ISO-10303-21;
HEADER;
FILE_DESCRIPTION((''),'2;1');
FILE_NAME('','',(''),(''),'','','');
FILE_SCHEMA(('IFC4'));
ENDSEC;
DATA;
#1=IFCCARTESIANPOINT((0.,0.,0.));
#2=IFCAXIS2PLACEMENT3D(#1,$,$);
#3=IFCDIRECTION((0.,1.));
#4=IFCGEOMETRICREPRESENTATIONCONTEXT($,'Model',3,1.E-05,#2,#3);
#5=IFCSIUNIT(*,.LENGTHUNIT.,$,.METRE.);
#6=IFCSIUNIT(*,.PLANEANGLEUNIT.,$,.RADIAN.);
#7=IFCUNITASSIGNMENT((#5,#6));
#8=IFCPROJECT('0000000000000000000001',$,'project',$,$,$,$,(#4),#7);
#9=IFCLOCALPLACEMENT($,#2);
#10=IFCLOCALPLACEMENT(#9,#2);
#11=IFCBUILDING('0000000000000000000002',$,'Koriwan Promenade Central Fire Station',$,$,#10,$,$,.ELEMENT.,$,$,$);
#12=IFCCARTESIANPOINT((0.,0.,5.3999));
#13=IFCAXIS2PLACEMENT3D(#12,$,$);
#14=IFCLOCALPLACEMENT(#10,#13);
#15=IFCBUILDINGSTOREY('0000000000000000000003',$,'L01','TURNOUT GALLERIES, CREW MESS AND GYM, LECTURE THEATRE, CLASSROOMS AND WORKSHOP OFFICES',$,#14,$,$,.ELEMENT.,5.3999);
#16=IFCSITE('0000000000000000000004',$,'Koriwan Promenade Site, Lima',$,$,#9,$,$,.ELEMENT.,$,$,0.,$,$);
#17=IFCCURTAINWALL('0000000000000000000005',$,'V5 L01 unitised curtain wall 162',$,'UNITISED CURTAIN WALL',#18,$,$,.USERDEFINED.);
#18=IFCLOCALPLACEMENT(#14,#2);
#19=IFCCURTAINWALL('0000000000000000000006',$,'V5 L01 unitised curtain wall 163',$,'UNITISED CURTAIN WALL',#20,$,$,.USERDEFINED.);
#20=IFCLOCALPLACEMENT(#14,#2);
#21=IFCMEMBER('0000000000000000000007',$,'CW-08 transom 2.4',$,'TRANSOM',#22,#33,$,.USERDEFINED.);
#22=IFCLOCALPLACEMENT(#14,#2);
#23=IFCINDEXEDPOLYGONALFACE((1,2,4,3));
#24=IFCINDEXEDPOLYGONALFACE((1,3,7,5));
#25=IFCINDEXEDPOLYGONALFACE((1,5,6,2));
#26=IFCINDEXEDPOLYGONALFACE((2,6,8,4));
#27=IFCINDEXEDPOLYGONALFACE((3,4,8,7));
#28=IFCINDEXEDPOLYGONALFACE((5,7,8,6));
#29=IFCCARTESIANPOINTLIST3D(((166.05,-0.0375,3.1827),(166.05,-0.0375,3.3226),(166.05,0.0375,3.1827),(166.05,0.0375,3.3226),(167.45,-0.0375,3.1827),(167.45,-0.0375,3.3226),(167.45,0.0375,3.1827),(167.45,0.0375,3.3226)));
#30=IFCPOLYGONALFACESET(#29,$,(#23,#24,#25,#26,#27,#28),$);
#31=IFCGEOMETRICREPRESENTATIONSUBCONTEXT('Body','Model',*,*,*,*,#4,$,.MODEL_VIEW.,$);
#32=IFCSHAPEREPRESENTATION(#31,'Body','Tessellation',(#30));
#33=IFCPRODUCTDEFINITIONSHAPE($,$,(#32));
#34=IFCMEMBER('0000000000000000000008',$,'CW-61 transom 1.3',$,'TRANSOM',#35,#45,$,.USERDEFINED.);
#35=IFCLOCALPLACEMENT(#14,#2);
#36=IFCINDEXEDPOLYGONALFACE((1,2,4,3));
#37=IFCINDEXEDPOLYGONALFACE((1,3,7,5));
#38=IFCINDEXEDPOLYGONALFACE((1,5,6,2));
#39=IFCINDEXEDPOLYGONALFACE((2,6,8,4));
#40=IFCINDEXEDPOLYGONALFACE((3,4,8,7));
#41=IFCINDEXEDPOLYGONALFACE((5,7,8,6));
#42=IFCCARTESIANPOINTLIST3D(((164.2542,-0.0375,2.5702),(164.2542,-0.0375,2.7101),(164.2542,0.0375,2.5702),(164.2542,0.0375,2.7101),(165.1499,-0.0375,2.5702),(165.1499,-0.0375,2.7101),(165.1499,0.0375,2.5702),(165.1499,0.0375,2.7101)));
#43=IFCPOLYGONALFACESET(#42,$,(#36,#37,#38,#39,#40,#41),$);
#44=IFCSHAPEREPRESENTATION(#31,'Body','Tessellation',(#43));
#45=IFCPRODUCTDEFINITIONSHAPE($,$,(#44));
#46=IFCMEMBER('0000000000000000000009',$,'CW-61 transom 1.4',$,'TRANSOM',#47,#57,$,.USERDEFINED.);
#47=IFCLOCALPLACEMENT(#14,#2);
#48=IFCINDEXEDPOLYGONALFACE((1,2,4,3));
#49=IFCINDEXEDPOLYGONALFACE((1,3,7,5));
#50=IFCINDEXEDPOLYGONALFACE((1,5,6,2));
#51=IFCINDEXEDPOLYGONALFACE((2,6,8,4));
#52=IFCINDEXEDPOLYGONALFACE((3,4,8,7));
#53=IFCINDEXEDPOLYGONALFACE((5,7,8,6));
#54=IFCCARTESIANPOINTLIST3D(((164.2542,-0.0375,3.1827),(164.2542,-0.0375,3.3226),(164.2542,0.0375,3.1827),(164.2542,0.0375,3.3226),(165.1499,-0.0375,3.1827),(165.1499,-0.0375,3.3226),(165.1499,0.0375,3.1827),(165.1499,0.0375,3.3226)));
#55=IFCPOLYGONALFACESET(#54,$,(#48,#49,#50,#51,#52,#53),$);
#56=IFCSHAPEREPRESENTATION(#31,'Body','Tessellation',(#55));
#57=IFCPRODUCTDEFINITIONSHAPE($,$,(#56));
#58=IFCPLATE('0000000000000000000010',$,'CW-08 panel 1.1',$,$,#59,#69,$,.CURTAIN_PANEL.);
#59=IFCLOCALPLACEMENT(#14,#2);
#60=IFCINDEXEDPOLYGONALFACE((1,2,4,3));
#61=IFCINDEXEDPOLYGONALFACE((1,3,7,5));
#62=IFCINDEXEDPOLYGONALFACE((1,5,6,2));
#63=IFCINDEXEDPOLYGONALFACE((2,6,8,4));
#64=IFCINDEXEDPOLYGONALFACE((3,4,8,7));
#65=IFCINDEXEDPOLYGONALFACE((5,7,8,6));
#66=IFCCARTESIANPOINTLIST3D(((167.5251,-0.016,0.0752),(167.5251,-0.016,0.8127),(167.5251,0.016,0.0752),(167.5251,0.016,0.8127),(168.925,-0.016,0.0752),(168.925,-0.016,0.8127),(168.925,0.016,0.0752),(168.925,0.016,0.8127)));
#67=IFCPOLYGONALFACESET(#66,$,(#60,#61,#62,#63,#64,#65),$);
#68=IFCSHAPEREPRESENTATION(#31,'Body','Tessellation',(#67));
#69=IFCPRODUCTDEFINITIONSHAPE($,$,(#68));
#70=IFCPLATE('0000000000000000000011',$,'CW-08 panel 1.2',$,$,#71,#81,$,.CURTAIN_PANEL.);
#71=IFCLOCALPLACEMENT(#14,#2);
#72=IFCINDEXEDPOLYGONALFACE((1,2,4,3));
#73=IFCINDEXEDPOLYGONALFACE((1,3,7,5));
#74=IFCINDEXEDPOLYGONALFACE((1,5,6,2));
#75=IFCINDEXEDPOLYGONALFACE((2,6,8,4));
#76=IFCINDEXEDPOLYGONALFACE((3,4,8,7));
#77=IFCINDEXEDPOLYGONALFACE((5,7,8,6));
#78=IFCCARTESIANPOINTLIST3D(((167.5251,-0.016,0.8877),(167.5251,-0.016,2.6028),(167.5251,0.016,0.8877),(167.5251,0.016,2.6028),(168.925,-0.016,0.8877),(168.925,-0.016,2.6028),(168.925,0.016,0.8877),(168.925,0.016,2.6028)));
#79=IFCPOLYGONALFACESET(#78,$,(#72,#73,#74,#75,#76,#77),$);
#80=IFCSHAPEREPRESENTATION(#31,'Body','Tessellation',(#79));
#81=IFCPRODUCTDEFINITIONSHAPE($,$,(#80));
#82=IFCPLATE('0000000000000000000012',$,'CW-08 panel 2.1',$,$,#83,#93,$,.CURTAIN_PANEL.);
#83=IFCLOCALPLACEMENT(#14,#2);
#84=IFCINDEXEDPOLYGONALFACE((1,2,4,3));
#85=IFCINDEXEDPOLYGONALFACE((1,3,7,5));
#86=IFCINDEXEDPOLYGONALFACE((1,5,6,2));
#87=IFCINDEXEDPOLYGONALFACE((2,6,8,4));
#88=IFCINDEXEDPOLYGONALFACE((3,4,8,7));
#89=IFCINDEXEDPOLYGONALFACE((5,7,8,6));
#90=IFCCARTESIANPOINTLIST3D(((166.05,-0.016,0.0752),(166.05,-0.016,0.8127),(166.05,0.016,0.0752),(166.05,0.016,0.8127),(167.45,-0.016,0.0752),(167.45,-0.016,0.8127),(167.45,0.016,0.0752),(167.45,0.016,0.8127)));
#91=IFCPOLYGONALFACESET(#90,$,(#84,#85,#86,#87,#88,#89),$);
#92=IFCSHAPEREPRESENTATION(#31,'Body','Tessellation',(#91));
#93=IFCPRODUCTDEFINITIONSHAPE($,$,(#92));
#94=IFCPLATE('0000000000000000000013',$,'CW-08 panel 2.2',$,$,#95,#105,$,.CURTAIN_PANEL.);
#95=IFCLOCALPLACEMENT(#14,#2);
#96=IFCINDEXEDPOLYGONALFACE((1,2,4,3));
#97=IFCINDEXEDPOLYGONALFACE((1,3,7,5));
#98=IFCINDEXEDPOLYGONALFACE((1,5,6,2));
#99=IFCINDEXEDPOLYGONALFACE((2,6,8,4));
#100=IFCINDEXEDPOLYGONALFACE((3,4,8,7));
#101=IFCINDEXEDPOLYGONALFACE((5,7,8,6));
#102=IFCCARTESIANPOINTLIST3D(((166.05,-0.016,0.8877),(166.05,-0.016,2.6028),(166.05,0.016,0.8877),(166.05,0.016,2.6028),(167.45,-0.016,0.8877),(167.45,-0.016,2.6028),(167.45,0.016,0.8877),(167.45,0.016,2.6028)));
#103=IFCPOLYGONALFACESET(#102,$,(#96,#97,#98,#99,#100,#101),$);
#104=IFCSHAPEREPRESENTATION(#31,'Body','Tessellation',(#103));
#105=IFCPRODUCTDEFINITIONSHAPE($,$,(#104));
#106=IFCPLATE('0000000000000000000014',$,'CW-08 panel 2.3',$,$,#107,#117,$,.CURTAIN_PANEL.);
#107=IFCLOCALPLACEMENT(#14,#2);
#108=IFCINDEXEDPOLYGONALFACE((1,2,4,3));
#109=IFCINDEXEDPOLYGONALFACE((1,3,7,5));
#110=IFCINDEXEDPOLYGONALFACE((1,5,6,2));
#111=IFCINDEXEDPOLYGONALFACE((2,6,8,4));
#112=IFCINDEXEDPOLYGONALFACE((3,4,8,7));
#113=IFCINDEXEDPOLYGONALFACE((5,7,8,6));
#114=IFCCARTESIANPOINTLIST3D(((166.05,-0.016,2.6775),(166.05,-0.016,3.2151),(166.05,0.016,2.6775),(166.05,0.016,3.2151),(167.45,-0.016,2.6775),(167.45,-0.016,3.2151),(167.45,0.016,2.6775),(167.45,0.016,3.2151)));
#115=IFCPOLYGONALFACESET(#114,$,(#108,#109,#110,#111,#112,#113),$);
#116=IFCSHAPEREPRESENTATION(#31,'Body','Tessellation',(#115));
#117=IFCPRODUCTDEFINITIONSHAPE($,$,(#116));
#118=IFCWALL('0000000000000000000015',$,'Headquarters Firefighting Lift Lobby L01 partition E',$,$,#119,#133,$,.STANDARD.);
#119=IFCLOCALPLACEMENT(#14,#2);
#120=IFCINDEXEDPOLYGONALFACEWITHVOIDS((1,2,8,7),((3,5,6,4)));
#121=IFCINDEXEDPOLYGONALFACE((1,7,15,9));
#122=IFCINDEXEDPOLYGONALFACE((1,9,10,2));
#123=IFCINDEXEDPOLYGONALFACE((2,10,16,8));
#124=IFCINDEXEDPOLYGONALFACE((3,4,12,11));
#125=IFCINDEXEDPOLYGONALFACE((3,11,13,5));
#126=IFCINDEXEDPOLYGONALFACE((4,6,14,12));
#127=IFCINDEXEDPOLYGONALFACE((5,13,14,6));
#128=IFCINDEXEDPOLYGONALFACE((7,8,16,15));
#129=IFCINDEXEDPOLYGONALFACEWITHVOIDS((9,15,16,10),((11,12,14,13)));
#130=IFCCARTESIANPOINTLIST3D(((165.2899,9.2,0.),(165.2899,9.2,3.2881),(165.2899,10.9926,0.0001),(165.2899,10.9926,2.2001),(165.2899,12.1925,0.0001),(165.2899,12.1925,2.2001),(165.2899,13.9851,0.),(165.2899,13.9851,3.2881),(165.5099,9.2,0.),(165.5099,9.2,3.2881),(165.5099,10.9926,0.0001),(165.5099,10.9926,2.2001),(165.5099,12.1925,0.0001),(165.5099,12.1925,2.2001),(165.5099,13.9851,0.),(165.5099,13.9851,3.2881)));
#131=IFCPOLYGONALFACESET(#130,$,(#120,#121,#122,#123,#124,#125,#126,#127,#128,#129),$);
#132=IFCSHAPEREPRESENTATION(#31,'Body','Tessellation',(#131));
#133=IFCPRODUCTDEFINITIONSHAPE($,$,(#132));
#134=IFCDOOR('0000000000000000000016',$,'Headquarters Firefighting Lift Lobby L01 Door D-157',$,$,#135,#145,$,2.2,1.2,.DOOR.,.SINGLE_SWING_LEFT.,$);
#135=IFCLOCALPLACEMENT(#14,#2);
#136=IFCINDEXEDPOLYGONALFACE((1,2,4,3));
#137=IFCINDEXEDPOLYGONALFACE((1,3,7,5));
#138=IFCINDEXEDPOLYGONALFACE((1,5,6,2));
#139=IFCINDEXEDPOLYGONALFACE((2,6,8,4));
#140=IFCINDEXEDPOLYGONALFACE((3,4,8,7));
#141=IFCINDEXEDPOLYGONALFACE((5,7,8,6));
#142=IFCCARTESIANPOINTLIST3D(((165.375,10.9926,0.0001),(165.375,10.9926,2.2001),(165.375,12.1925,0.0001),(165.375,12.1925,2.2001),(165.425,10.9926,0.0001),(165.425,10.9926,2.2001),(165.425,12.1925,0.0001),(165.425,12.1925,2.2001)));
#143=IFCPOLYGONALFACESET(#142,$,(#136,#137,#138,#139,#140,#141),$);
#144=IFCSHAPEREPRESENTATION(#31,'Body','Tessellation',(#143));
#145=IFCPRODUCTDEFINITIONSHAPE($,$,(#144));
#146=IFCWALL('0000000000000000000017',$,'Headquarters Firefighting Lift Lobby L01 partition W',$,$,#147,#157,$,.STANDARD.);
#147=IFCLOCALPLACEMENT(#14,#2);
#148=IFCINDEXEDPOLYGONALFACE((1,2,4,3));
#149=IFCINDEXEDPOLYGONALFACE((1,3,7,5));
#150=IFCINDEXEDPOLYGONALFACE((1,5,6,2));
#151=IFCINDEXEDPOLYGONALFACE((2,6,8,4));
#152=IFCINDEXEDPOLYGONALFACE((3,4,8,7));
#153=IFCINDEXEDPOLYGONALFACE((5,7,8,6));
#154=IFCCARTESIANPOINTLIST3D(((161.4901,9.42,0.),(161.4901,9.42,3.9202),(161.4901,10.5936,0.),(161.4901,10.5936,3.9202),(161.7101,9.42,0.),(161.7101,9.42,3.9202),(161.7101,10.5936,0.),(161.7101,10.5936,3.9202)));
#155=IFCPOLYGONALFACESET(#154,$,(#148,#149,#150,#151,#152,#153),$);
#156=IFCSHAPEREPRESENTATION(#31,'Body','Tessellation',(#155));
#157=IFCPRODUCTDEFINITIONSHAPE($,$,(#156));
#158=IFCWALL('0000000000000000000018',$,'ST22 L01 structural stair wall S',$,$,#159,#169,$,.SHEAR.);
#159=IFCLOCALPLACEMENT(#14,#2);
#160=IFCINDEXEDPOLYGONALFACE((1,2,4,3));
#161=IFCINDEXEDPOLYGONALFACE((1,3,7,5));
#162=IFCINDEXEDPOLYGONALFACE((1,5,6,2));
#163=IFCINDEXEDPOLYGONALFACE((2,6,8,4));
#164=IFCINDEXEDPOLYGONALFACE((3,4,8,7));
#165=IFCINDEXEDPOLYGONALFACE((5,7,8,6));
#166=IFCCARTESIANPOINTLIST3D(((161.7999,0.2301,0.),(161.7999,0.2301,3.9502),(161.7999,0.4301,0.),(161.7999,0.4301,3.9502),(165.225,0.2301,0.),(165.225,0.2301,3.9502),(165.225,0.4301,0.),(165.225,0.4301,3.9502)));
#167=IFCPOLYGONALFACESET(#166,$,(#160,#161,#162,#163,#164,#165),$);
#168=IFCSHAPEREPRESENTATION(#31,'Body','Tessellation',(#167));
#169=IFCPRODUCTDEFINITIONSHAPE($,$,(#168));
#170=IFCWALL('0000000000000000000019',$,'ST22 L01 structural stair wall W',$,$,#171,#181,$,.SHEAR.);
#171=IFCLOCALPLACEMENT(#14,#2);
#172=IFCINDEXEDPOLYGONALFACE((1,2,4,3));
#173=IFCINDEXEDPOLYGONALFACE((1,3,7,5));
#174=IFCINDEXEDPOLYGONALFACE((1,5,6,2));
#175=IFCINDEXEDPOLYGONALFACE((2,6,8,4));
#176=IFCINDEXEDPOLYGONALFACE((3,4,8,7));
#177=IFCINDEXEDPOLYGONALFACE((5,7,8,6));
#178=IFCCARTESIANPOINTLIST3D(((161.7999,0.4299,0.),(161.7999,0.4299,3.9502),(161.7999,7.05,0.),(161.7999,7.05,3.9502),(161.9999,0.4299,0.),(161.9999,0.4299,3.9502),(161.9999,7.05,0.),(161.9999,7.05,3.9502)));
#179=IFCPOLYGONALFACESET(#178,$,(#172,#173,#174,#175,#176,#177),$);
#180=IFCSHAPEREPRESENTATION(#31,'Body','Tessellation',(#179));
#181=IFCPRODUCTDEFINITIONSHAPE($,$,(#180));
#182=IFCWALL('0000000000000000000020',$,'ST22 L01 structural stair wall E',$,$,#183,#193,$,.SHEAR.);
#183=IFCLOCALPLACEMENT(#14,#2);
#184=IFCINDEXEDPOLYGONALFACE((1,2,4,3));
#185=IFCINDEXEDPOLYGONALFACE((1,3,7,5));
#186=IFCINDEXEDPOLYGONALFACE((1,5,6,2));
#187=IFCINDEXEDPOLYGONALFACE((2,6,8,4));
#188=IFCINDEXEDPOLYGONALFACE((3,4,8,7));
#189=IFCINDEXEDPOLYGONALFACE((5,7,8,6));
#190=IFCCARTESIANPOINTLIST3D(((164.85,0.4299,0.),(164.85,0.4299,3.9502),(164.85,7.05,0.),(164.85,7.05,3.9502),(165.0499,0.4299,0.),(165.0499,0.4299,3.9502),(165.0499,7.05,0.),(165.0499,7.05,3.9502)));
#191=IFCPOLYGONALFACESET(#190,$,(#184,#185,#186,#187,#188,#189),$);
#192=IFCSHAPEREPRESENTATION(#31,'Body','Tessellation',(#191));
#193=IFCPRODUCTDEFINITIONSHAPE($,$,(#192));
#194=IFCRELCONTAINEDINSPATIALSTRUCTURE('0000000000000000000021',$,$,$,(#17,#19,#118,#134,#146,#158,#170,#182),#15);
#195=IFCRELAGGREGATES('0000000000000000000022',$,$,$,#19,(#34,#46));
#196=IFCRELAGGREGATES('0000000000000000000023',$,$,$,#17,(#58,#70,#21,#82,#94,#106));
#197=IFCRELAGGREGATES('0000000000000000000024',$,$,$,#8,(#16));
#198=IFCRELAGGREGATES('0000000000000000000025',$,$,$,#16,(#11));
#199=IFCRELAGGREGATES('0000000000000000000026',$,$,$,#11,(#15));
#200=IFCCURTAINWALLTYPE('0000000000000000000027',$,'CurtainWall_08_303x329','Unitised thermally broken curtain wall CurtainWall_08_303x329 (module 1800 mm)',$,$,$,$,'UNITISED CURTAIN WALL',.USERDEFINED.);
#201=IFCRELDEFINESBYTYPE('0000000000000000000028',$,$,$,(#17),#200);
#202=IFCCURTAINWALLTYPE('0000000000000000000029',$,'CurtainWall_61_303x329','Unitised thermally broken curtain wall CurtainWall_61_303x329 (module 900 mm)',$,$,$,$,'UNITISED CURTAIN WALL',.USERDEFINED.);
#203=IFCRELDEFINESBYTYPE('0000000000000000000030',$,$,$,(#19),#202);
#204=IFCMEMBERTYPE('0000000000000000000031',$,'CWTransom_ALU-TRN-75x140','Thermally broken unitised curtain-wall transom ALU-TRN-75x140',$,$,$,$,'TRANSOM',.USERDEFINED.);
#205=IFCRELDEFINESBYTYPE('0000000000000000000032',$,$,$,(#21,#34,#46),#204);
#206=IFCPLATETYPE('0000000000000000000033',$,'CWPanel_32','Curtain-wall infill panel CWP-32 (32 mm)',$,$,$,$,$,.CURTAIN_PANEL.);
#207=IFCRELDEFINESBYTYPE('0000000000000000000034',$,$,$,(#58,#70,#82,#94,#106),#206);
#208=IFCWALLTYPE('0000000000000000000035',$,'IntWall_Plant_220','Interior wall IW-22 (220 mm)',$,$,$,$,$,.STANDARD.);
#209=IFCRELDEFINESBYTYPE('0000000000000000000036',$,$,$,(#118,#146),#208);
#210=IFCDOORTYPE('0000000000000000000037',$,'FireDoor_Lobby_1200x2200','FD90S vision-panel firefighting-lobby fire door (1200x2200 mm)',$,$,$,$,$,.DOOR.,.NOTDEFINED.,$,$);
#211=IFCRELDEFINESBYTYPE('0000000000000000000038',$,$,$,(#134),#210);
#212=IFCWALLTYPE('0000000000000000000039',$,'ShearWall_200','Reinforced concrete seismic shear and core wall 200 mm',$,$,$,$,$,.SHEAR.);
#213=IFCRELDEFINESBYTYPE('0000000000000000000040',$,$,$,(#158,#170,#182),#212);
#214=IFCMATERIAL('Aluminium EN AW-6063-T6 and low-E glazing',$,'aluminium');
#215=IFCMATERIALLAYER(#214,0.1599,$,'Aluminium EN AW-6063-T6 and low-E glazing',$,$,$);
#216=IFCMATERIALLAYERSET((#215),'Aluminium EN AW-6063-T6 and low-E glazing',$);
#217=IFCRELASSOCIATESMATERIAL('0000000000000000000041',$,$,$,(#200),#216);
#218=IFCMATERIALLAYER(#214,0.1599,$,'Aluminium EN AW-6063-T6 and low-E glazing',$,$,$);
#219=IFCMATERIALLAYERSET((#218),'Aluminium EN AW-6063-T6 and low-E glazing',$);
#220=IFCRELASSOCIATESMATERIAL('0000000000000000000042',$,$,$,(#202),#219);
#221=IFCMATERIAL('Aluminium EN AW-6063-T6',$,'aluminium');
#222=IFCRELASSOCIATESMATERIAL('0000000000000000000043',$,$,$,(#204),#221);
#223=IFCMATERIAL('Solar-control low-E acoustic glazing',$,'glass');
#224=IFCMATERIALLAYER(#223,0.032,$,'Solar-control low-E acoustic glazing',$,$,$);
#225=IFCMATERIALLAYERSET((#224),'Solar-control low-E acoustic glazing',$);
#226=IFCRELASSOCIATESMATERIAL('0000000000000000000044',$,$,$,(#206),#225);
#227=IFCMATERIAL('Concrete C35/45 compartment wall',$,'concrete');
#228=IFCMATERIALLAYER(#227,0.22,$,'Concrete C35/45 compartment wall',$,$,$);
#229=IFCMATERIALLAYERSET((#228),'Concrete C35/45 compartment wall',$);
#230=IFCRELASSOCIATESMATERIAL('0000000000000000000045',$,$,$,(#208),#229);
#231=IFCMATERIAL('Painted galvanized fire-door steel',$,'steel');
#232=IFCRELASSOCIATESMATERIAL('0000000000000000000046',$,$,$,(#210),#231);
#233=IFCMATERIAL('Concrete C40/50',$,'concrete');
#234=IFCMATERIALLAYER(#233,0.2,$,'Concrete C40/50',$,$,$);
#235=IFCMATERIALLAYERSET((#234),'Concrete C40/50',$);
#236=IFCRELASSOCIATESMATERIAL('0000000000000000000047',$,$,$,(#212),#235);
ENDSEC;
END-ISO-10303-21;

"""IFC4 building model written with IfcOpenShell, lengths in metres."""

from ifc_helpers import new_model, si_unit, direction, frame, frame_2d, origin, origin_2d, place, context, subcontext, project, spatial, rectangle, extrude, material, layer, layer_set, material_profile, profile_set, type_object, element, fill, aggregate, save


model = new_model("IFC4")

# Units and contexts
model_context = context("Model", 3, precision=1e-05, world=origin(), true_north=direction((0.0, 1.0)))
body_context = subcontext(model_context, "Body", "Model", "MODEL_VIEW")
ifc_project = project(units=[si_unit("LENGTHUNIT", "METRE"), si_unit("PLANEANGLEUNIT", "RADIAN")], contexts=[model_context])

# Site, building, storey
site_placement = place(None, origin())
site = spatial("IfcSite", under=ifc_project, at=site_placement, Name="Koriwan Promenade Site, Lima", CompositionType="ELEMENT", RefElevation=0.0)
building_placement = place(site_placement, origin())
building = spatial("IfcBuilding", under=site, at=building_placement, Name="Koriwan Promenade Central Fire Station", CompositionType="ELEMENT")
storey_placement = place(building_placement, frame((0.0, 0.0, 5.3999)))
storey = spatial("IfcBuildingStorey", under=building, at=storey_placement, Name="L01", Description="TURNOUT GALLERIES, CREW MESS AND GYM, LECTURE THEATRE, CLASSROOMS AND WORKSHOP OFFICES", CompositionType="ELEMENT", Elevation=5.3999)

# Shared definitions
ifc_material_1 = material(Name="Concrete C40/50", Category="concrete")

# Curtain wall
ifc_material_2 = material(Name="Aluminium EN AW-6063-T6 and low-E glazing", Category="aluminium")
ifc_layer_1 = layer(ifc_material_2, 0.1599, Name="Aluminium EN AW-6063-T6 and low-E glazing")
ifc_layer_set_1 = layer_set([ifc_layer_1], Name="Aluminium EN AW-6063-T6 and low-E glazing")
curtain_wall_type_1 = type_object("IfcCurtainWallType", Name="CurtainWall_08_303x329", Description="Unitised thermally broken curtain wall CurtainWall_08_303x329 (module 1800 mm)", ElementType="UNITISED CURTAIN WALL", PredefinedType="USERDEFINED", material=ifc_layer_set_1)
curtain_wall_1_placement = place(storey_placement, origin())
curtain_wall_1 = element("IfcCurtainWall", 1, at=curtain_wall_1_placement, inside=storey, type_object=curtain_wall_type_1, Name="V5 L01 unitised curtain wall 162", ObjectType="UNITISED CURTAIN WALL", PredefinedType="USERDEFINED")
ifc_material_3 = material(Name="Aluminium EN AW-6063-T6", Category="aluminium")

# Curtain wall
ifc_layer_2 = layer(ifc_material_2, 0.1599, Name="Aluminium EN AW-6063-T6 and low-E glazing")
ifc_layer_set_2 = layer_set([ifc_layer_2], Name="Aluminium EN AW-6063-T6 and low-E glazing")
curtain_wall_type_2 = type_object("IfcCurtainWallType", Name="CurtainWall_61_303x329", Description="Unitised thermally broken curtain wall CurtainWall_61_303x329 (module 900 mm)", ElementType="UNITISED CURTAIN WALL", PredefinedType="USERDEFINED", material=ifc_layer_set_2)
curtain_wall_2_placement = place(storey_placement, origin())
curtain_wall_2 = element("IfcCurtainWall", 2, at=curtain_wall_2_placement, inside=storey, type_object=curtain_wall_type_2, Name="V5 L01 unitised curtain wall 163", ObjectType="UNITISED CURTAIN WALL", PredefinedType="USERDEFINED")

# Members
ifc_material_profile_1 = material_profile(ifc_material_3, rectangle(XDim=0.075, YDim=0.1399, at=origin_2d()), Name="ALU-TRN-75x140")
ifc_profile_set_1 = profile_set([ifc_material_profile_1], Name="Aluminium EN AW-6063-T6")
member_type_1 = type_object("IfcMemberType", Name="CWTransom_ALU-TRN-75x140", Description="Thermally broken unitised curtain-wall transom ALU-TRN-75x140", ElementType="TRANSOM", PredefinedType="USERDEFINED", material=ifc_profile_set_1)
member_1_placement = place(storey_placement, frame((167.45, 0.0, 3.2527), z_axis=(-1.0, 0.0, 0.0), x_axis=(0.0, -1.0, 0.0)))
member_1 = element("IfcMember", 3, at=member_1_placement, type_object=member_type_1, Name="CW-08 transom 2.4", ObjectType="TRANSOM", PredefinedType="USERDEFINED", context=body_context, shape_type="SweptSolid", body=[
    extrude(rectangle(XDim=0.075, YDim=0.1399, at=origin_2d()), origin(), (0.0, 0.0, 1.0), 1.3999),
])
member_2_placement = place(storey_placement, frame((165.1499, 0.0, 2.6401), z_axis=(-1.0, 0.0, 0.0), x_axis=(0.0, -1.0, 0.0)))
member_2 = element("IfcMember", 4, at=member_2_placement, type_object=member_type_1, Name="CW-61 transom 1.3", ObjectType="TRANSOM", PredefinedType="USERDEFINED", context=body_context, shape_type="SweptSolid", body=[
    extrude(rectangle(XDim=0.075, YDim=0.1399, at=origin_2d()), origin(), (0.0, 0.0, 1.0), 0.8958),
])
member_3_placement = place(storey_placement, frame((165.1499, 0.0, 3.2527), z_axis=(-1.0, 0.0, 0.0), x_axis=(0.0, -1.0, 0.0)))
member_3 = element("IfcMember", 5, at=member_3_placement, type_object=member_type_1, Name="CW-61 transom 1.4", ObjectType="TRANSOM", PredefinedType="USERDEFINED", context=body_context, shape_type="SweptSolid", body=[
    extrude(rectangle(XDim=0.075, YDim=0.1399, at=origin_2d()), origin(), (0.0, 0.0, 1.0), 0.8958),
])
aggregate(curtain_wall_2, [member_2, member_3])

# Plates
ifc_material_4 = material(Name="Solar-control low-E acoustic glazing", Category="glass")
ifc_layer_3 = layer(ifc_material_4, 0.032, Name="Solar-control low-E acoustic glazing")
ifc_layer_set_3 = layer_set([ifc_layer_3], Name="Solar-control low-E acoustic glazing")
plate_type = type_object("IfcPlateType", Name="CWPanel_32", Description="Curtain-wall infill panel CWP-32 (32 mm)", PredefinedType="CURTAIN_PANEL", material=ifc_layer_set_3)
plate_1_placement = place(storey_placement, frame((168.2251, 0.0, 0.0752), z_axis=(0.0, 0.0, 1.0), x_axis=(-1.0, 0.0, 0.0)))
plate_1 = element("IfcPlate", 6, at=plate_1_placement, type_object=plate_type, Name="CW-08 panel 1.1", PredefinedType="CURTAIN_PANEL", context=body_context, shape_type="SweptSolid", body=[
    extrude(rectangle(XDim=1.3999, YDim=0.032, at=origin_2d()), origin(), (0.0, 0.0, 1.0), 0.7375),
])
plate_2_placement = place(storey_placement, frame((168.2251, 0.0, 0.8877), z_axis=(0.0, 0.0, 1.0), x_axis=(-1.0, 0.0, 0.0)))
plate_2 = element("IfcPlate", 7, at=plate_2_placement, type_object=plate_type, Name="CW-08 panel 1.2", PredefinedType="CURTAIN_PANEL", context=body_context, shape_type="SweptSolid", body=[
    extrude(rectangle(XDim=1.3999, YDim=0.032, at=origin_2d()), origin(), (0.0, 0.0, 1.0), 1.7151),
])
plate_3_placement = place(storey_placement, frame((166.75, 0.0, 0.0752), z_axis=(0.0, 0.0, 1.0), x_axis=(-1.0, 0.0, 0.0)))
plate_3 = element("IfcPlate", 8, at=plate_3_placement, type_object=plate_type, Name="CW-08 panel 2.1", PredefinedType="CURTAIN_PANEL", context=body_context, shape_type="SweptSolid", body=[
    extrude(rectangle(XDim=1.3999, YDim=0.032, at=origin_2d()), origin(), (0.0, 0.0, 1.0), 0.7375),
])
plate_4_placement = place(storey_placement, frame((166.75, 0.0, 0.8877), z_axis=(0.0, 0.0, 1.0), x_axis=(-1.0, 0.0, 0.0)))
plate_4 = element("IfcPlate", 9, at=plate_4_placement, type_object=plate_type, Name="CW-08 panel 2.2", PredefinedType="CURTAIN_PANEL", context=body_context, shape_type="SweptSolid", body=[
    extrude(rectangle(XDim=1.3999, YDim=0.032, at=origin_2d()), origin(), (0.0, 0.0, 1.0), 1.7151),
])
plate_5_placement = place(storey_placement, frame((166.75, 0.0, 2.6775), z_axis=(0.0, 0.0, 1.0), x_axis=(-1.0, 0.0, 0.0)))
plate_5 = element("IfcPlate", 10, at=plate_5_placement, type_object=plate_type, Name="CW-08 panel 2.3", PredefinedType="CURTAIN_PANEL", context=body_context, shape_type="SweptSolid", body=[
    extrude(rectangle(XDim=1.3999, YDim=0.032, at=origin_2d()), origin(), (0.0, 0.0, 1.0), 0.5376),
])
aggregate(curtain_wall_1, [plate_1, plate_2, member_1, plate_3, plate_4, plate_5])

# Wall, opening, door
ifc_material_5 = material(Name="Concrete C35/45 compartment wall", Category="concrete")
ifc_layer_4 = layer(ifc_material_5, 0.22, Name="Concrete C35/45 compartment wall")
ifc_layer_set_4 = layer_set([ifc_layer_4], Name="Concrete C35/45 compartment wall")
wall_type_1 = type_object("IfcWallType", Name="IntWall_Plant_220", Description="Interior wall IW-22 (220 mm)", PredefinedType="STANDARD", material=ifc_layer_set_4)
wall_1_placement = place(storey_placement, frame((165.3999, 9.2, 0.0), z_axis=(0.0, 0.0, 1.0), x_axis=(0.0, 1.0, 0.0)))
wall_1 = element("IfcWall", 11, at=wall_1_placement, inside=storey, type_object=wall_type_1, Name="Headquarters Firefighting Lift Lobby L01 partition E", PredefinedType="STANDARD", context=body_context, shape_type="SweptSolid", body=[
    extrude(rectangle(XDim=4.7852, YDim=0.22, at=frame_2d((2.3926, 0.0))), origin(), (0.0, 0.0, 1.0), 3.2881),
])
opening_1_placement = place(wall_1_placement, frame((1.7925, 0.0, 0.0)))
opening_1 = element("IfcOpeningElement", 12, at=opening_1_placement, cuts=wall_1, PredefinedType="OPENING", context=body_context, shape_type="SweptSolid", body=[
    extrude(rectangle(XDim=1.2, YDim=2.2, at=frame_2d((0.6001, 1.1001))), frame((0.0, 0.1221, 0.0), z_axis=(0.0, -1.0, 0.0), x_axis=(1.0, 0.0, 0.0)), (0.0, 0.0, 1.0), 0.2439),
])
ifc_material_6 = material(Name="Painted galvanized fire-door steel", Category="steel")
door_type_1 = type_object("IfcDoorType", Name="FireDoor_Lobby_1200x2200", Description="FD90S vision-panel firefighting-lobby fire door (1200x2200 mm)", OperationType="NOTDEFINED", PredefinedType="DOOR", material=ifc_material_6)
door_1_placement = place(opening_1_placement, origin())
door_1 = element("IfcDoor", 13, at=door_1_placement, inside=storey, type_object=door_type_1, Name="Headquarters Firefighting Lift Lobby L01 Door D-157", OperationType="SINGLE_SWING_LEFT", OverallHeight=2.2, OverallWidth=1.2, PredefinedType="DOOR", context=body_context, shape_type="SweptSolid", body=[
    extrude(rectangle(XDim=1.2, YDim=2.2, at=frame_2d((0.6001, 1.1001))), frame((0.0, 0.0249, 0.0), z_axis=(0.0, -1.0, 0.0), x_axis=(1.0, 0.0, 0.0)), (0.0, 0.0, 1.0), 0.05),
])
fill(opening_1, door_1)

# Walls
wall_2_placement = place(storey_placement, frame((161.6001, 9.4199, 0.0), z_axis=(0.0, 0.0, 1.0), x_axis=(0.0, 1.0, 0.0)))
element("IfcWall", 14, at=wall_2_placement, inside=storey, type_object=wall_type_1, Name="Headquarters Firefighting Lift Lobby L01 partition W", PredefinedType="STANDARD", context=body_context, shape_type="SweptSolid", body=[
    extrude(rectangle(XDim=1.1736, YDim=0.22, at=frame_2d((0.5869, 0.0))), origin(), (0.0, 0.0, 1.0), 3.9202),
])
ifc_layer_5 = layer(ifc_material_1, 0.2, Name="Concrete C40/50")
ifc_layer_set_5 = layer_set([ifc_layer_5], Name="Concrete C40/50")
wall_type_2 = type_object("IfcWallType", Name="ShearWall_200", Description="Reinforced concrete seismic shear and core wall 200 mm", PredefinedType="SHEAR", material=ifc_layer_set_5)
wall_3_placement = place(storey_placement, frame((161.8, 0.3301, 0.0), z_axis=(0.0, 0.0, 1.0), x_axis=(1.0, 0.0, 0.0)))
element("IfcWall", 15, at=wall_3_placement, inside=storey, type_object=wall_type_2, Name="ST22 L01 structural stair wall S", PredefinedType="SHEAR", context=body_context, shape_type="SweptSolid", body=[
    extrude(rectangle(XDim=3.425, YDim=0.2, at=frame_2d((1.7124, 0.0))), origin(), (0.0, 0.0, 1.0), 3.9502),
])

# Walls
for number, where, z_axis, x_axis, name in (
    (16, (161.8999, 0.4299, 0.0), (0.0, 0.0, 1.0), (0.0, 1.0, 0.0), "ST22 L01 structural stair wall W"),
    (17, (164.95, 0.4299, 0.0), (0.0, 0.0, 1.0), (0.0, 1.0, 0.0), "ST22 L01 structural stair wall E"),
):
    element("IfcWall", number, at=place(storey_placement, frame(where, z_axis=z_axis, x_axis=x_axis)), inside=storey, type_object=wall_type_2, Name=name, PredefinedType="SHEAR", context=body_context, shape_type="SweptSolid", body=[
        extrude(rectangle(XDim=6.6201, YDim=0.2, at=frame_2d((3.3101, 0.0))), origin(), (0.0, 0.0, 1.0), 3.9502),
    ])

save(model, "model.ifc")
